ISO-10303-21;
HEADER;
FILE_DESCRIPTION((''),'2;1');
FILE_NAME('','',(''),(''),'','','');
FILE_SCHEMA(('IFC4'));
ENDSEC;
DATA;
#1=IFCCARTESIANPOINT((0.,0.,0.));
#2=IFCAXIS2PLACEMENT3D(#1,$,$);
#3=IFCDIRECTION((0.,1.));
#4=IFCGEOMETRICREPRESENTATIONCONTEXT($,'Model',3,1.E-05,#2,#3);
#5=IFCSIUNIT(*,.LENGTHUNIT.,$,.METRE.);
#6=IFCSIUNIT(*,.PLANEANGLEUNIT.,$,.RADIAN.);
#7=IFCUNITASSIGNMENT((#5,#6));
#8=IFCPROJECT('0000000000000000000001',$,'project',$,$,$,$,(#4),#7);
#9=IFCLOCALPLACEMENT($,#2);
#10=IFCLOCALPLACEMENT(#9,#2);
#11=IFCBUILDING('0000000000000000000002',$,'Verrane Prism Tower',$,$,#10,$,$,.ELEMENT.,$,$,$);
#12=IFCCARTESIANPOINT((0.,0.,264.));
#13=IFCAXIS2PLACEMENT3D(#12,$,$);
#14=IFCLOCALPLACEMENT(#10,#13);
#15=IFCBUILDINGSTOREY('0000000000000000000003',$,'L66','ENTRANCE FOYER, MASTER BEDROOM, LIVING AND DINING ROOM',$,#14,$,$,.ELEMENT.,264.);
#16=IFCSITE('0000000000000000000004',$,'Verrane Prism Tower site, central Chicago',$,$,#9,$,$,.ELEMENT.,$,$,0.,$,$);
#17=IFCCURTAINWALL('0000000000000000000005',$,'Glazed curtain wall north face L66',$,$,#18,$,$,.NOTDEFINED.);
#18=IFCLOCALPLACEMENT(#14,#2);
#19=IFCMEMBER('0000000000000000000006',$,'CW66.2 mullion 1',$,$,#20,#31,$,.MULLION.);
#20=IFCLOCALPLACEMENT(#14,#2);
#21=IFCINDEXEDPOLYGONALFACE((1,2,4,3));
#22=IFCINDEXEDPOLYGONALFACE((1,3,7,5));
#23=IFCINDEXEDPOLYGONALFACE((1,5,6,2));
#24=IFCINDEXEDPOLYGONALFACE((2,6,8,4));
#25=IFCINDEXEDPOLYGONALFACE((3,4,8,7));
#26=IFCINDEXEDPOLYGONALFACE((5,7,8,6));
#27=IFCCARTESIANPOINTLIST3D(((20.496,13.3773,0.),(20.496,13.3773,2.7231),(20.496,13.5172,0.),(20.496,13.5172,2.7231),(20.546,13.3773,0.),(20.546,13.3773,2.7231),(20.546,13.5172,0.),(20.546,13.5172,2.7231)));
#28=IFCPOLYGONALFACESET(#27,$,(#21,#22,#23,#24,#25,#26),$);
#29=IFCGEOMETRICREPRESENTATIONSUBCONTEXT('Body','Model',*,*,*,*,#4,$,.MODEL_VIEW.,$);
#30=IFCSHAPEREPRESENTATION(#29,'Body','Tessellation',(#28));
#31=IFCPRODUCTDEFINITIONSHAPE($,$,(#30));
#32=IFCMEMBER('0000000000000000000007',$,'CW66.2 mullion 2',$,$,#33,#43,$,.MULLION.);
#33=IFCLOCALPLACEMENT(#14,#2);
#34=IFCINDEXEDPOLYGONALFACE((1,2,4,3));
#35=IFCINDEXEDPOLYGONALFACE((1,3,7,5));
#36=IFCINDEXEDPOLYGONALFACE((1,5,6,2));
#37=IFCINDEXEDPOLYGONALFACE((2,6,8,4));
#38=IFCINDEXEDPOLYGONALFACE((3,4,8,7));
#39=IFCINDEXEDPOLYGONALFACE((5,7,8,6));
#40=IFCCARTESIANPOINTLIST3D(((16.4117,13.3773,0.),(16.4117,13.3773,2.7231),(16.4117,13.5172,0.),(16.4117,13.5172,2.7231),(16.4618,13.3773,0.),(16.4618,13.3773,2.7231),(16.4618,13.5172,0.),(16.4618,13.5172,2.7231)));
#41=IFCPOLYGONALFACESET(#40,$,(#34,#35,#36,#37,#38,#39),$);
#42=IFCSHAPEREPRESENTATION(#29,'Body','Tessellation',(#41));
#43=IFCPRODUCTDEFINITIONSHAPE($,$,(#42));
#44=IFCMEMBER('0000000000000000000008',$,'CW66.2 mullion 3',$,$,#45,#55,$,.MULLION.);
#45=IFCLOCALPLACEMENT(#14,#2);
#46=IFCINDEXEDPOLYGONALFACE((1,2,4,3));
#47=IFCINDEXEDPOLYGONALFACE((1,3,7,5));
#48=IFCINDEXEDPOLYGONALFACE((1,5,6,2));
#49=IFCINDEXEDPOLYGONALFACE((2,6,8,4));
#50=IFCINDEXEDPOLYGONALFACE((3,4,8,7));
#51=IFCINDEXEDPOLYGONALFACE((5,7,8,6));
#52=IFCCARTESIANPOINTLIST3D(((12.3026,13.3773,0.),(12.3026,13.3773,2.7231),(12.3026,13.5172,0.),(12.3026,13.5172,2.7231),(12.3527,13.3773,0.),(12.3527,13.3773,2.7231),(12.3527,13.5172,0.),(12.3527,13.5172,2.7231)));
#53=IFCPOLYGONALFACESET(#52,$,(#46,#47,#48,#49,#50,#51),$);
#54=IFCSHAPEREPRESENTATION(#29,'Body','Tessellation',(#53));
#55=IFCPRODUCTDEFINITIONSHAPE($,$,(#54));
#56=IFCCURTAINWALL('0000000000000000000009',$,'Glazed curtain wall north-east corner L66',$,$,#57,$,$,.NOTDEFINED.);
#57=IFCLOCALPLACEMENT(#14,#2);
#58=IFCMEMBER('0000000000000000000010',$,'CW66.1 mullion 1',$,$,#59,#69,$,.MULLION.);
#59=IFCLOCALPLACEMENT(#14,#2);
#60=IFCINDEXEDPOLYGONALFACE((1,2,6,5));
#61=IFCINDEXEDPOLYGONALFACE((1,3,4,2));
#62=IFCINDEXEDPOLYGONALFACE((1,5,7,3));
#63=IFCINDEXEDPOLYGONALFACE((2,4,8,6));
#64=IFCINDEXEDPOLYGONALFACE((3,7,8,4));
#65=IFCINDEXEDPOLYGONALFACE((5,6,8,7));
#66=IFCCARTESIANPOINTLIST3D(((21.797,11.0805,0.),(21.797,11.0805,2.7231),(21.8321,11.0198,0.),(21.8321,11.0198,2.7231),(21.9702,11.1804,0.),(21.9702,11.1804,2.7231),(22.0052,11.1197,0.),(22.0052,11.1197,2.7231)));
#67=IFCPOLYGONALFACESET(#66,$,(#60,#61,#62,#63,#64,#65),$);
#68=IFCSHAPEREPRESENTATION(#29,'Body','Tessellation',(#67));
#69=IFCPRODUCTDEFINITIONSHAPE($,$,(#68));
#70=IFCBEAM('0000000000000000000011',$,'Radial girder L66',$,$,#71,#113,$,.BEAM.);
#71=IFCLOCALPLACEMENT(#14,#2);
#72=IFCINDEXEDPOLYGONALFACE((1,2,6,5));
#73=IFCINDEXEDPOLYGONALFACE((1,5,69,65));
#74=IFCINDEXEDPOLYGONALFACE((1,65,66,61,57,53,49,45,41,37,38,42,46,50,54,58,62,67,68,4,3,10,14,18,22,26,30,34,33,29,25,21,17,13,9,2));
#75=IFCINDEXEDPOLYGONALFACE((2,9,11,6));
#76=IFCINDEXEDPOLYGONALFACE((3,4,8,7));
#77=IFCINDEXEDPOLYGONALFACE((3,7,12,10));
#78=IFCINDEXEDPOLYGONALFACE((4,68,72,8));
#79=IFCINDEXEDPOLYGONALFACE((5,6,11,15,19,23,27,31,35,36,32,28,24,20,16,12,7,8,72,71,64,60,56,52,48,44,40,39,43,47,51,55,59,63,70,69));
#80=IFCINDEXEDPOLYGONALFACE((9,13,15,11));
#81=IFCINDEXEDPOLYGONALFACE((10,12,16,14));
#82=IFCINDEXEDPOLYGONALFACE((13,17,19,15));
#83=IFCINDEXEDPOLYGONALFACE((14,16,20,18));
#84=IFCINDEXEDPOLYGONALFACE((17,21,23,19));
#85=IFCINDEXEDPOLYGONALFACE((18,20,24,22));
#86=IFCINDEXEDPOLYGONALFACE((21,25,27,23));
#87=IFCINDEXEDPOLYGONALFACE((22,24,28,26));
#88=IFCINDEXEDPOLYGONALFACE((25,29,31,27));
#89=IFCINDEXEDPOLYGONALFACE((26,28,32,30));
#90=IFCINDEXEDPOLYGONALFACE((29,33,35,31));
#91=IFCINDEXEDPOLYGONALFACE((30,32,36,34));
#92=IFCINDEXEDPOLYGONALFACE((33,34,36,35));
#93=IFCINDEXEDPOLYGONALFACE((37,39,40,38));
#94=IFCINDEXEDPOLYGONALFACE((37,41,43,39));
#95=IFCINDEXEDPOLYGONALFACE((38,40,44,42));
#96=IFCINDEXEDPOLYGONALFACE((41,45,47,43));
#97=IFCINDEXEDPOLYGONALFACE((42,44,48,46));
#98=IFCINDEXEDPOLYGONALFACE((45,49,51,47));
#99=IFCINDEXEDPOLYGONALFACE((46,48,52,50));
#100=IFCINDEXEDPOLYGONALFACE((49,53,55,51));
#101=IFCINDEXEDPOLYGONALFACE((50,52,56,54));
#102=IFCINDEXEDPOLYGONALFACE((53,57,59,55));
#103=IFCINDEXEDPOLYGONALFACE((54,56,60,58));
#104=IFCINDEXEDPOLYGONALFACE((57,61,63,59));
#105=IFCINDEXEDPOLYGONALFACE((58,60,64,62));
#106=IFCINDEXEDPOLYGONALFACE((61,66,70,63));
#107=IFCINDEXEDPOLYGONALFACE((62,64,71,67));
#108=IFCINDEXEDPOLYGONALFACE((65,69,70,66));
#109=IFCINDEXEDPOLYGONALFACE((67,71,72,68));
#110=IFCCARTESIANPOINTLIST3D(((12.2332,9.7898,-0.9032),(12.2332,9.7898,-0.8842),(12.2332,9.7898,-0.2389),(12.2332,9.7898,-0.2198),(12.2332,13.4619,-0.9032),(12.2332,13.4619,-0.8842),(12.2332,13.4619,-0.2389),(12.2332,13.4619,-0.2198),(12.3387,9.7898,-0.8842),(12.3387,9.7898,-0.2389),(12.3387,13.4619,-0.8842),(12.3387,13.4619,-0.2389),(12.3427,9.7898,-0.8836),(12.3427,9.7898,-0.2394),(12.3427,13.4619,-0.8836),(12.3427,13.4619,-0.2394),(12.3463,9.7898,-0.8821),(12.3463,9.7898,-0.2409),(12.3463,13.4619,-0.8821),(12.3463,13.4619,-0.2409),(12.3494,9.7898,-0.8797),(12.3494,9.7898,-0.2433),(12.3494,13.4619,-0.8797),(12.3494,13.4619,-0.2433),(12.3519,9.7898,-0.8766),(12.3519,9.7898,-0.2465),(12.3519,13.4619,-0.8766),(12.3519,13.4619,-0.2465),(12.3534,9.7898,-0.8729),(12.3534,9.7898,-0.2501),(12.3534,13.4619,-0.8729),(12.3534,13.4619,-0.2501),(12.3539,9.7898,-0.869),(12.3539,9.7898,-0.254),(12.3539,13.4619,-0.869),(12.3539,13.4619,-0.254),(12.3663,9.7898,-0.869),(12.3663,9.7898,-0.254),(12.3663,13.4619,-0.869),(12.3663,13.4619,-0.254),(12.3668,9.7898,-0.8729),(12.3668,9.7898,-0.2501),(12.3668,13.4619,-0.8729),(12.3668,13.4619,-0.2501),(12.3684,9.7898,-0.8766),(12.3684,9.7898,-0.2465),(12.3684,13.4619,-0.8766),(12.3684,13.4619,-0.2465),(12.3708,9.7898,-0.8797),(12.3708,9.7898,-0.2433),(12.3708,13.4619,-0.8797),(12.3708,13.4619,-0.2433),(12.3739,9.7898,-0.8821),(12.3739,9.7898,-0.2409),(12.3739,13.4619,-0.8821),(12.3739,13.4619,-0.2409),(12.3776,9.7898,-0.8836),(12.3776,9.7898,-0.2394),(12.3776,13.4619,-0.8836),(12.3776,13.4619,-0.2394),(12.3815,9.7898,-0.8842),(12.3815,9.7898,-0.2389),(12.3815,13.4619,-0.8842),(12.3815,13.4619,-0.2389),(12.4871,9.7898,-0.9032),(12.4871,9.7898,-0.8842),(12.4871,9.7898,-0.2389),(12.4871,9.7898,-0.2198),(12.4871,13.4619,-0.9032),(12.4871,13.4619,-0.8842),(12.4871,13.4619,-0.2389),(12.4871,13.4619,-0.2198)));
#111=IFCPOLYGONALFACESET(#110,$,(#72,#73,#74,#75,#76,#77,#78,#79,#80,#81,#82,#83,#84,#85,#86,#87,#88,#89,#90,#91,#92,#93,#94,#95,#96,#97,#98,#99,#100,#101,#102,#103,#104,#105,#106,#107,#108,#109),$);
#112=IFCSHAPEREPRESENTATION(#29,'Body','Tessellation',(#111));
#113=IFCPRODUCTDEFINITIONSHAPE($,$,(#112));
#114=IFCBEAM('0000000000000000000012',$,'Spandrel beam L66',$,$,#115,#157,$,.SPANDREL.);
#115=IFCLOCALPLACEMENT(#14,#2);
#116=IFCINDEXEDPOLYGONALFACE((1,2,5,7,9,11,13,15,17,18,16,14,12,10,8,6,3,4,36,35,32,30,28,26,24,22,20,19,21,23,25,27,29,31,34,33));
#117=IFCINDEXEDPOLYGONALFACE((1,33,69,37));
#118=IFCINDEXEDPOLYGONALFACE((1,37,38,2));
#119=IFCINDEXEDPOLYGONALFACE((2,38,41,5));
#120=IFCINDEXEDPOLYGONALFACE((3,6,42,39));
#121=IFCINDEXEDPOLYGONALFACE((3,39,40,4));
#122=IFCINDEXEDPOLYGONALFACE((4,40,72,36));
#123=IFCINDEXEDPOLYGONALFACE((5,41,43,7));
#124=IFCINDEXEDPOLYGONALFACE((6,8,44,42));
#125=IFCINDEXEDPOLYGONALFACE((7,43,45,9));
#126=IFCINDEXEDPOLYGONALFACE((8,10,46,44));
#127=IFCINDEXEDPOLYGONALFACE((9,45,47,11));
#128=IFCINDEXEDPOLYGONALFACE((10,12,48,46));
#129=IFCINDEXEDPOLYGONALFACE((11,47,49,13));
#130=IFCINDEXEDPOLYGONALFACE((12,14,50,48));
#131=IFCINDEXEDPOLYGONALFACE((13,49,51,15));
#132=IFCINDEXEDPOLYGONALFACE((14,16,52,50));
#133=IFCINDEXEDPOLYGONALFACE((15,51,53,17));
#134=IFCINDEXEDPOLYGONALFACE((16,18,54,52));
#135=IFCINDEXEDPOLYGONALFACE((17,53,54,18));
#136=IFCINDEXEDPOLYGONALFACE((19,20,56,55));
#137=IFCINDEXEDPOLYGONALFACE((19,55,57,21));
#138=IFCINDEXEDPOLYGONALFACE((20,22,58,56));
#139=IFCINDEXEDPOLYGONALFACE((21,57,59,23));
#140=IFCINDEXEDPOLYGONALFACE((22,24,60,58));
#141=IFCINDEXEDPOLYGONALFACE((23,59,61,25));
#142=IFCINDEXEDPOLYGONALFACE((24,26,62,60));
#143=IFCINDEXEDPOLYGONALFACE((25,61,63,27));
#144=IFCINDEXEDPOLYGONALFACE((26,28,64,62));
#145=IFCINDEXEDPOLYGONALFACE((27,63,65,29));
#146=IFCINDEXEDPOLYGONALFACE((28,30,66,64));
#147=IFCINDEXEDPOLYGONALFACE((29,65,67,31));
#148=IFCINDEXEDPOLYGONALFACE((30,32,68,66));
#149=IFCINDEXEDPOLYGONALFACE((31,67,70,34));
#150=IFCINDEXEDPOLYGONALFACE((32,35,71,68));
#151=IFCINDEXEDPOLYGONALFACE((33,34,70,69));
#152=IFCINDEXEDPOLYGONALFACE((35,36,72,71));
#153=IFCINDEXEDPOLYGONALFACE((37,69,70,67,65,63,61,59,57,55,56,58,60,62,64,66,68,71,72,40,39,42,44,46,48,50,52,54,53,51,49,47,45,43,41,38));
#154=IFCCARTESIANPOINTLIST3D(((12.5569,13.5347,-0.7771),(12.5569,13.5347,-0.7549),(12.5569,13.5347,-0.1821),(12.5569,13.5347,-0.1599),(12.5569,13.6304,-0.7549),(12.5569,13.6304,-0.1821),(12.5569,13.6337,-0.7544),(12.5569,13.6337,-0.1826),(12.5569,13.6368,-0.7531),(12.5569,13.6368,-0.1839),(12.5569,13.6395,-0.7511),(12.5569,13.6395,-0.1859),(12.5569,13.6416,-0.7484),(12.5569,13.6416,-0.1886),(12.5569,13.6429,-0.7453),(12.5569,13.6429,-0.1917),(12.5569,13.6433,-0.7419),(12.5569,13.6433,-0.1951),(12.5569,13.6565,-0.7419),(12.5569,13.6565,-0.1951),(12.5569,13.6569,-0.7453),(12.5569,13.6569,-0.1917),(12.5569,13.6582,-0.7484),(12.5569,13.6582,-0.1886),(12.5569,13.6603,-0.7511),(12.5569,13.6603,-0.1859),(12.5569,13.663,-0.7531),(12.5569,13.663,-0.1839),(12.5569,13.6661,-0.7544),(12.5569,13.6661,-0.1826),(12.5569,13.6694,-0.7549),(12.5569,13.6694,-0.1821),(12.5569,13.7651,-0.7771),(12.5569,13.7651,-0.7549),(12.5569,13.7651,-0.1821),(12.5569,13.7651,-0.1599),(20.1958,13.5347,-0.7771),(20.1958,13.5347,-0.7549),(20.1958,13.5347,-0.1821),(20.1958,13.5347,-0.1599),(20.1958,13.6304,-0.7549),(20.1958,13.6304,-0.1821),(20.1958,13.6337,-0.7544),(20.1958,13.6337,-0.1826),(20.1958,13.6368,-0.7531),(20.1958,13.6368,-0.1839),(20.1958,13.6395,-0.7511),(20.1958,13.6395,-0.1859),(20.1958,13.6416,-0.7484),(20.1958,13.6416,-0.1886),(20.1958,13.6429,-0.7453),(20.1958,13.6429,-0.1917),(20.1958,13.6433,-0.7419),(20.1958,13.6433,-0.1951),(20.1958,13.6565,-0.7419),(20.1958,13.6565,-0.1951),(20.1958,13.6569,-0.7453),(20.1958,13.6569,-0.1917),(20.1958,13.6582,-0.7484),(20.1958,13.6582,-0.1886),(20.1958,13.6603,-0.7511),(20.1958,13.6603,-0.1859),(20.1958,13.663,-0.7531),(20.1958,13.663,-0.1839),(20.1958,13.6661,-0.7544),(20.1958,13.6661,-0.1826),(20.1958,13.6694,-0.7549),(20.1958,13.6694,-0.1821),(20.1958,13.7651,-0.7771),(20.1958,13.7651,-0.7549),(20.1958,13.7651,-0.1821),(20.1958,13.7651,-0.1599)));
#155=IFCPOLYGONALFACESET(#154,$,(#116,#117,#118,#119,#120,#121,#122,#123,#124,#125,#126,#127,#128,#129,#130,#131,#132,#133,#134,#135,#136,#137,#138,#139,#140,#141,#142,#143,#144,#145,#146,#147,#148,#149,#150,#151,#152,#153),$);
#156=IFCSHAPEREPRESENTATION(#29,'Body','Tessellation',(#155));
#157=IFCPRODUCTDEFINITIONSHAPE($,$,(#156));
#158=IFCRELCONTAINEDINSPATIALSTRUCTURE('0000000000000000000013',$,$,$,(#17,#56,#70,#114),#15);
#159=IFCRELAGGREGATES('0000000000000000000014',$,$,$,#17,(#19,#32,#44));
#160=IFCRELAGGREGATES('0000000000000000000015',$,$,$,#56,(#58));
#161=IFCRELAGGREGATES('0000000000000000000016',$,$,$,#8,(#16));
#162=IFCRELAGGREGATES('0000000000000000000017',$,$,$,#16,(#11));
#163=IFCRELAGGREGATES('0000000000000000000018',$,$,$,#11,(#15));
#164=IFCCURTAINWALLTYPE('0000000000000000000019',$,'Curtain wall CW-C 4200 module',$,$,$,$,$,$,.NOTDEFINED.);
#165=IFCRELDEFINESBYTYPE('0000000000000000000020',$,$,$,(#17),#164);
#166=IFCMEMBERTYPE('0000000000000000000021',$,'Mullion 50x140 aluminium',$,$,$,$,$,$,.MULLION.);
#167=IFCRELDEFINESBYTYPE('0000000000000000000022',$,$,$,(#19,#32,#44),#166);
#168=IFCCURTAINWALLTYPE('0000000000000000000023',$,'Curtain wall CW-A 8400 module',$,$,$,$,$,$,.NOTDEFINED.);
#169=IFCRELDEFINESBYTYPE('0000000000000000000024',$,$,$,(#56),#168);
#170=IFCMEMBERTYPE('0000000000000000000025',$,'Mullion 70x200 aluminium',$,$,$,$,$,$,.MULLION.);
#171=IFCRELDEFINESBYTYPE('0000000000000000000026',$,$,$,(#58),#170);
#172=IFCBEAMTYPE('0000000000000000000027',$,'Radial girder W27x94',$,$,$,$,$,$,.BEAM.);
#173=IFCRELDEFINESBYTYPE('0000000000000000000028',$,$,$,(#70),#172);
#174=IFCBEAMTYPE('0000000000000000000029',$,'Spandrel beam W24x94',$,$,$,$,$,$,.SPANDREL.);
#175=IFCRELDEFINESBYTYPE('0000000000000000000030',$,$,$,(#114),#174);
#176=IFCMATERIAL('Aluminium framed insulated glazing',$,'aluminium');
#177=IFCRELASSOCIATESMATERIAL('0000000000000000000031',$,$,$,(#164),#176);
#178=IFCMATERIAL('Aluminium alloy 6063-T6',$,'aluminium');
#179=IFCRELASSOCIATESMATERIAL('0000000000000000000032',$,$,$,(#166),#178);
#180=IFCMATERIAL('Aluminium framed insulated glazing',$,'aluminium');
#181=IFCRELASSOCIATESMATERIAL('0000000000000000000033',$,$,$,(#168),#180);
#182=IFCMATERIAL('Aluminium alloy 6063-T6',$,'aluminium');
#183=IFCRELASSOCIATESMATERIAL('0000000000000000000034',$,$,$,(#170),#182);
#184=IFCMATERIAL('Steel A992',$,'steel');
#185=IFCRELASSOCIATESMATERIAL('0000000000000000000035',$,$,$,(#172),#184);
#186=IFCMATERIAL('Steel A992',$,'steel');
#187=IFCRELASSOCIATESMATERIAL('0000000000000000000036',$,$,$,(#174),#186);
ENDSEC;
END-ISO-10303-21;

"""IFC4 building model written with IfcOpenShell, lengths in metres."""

from ifc_helpers import new_model, si_unit, direction, frame, origin, origin_2d, place, context, subcontext, project, spatial, rectangle, i_section, extrude, material, material_profile, profile_set, type_object, element, aggregate, save


model = new_model("IFC4")

# Units and contexts
model_context = context("Model", 3, precision=1e-05, world=origin(), true_north=direction((0.0, 1.0)))
body_context = subcontext(model_context, "Body", "Model", "MODEL_VIEW")
ifc_project = project(units=[si_unit("LENGTHUNIT", "METRE"), si_unit("PLANEANGLEUNIT", "RADIAN")], contexts=[model_context])

# Site, building, storey
site_placement = place(None, origin())
site = spatial("IfcSite", under=ifc_project, at=site_placement, Name="Verrane Prism Tower site, central Chicago", CompositionType="ELEMENT", RefElevation=0.0)
building_placement = place(site_placement, origin())
building = spatial("IfcBuilding", under=site, at=building_placement, Name="Verrane Prism Tower", CompositionType="ELEMENT")
storey_placement = place(building_placement, frame((0.0, 0.0, 264.0)))
storey = spatial("IfcBuildingStorey", under=building, at=storey_placement, Name="L66", Description="ENTRANCE FOYER, MASTER BEDROOM, LIVING AND DINING ROOM", CompositionType="ELEMENT", Elevation=264.0)

# Curtain wall, members
ifc_material_1 = material(Name="Aluminium framed insulated glazing", Category="aluminium")
curtain_wall_type_1 = type_object("IfcCurtainWallType", Name="Curtain wall CW-C 4200 module", PredefinedType="NOTDEFINED", material=ifc_material_1)
curtain_wall_1_placement = place(storey_placement, origin())
curtain_wall_1 = element("IfcCurtainWall", 1, at=curtain_wall_1_placement, inside=storey, type_object=curtain_wall_type_1, Name="Glazed curtain wall north face L66", PredefinedType="NOTDEFINED")
ifc_material_2 = material(Name="Aluminium alloy 6063-T6", Category="aluminium")
ifc_material_profile_1 = material_profile(ifc_material_2, rectangle(XDim=0.1399, YDim=0.05, at=origin_2d()), Name="Mullion 50x140 aluminium")
ifc_profile_set_1 = profile_set([ifc_material_profile_1], Name="Aluminium alloy 6063-T6")
member_type_1 = type_object("IfcMemberType", Name="Mullion 50x140 aluminium", PredefinedType="MULLION", material=ifc_profile_set_1)
member_1_placement = place(storey_placement, frame((20.521, 13.4473, 0.0), z_axis=(0.0, 0.0, 1.0), x_axis=(0.0, -1.0, 0.0)))
member_1 = element("IfcMember", 2, at=member_1_placement, type_object=member_type_1, Name="CW66.2 mullion 1", PredefinedType="MULLION", context=body_context, shape_type="SweptSolid", body=[
    extrude(rectangle(XDim=0.1399, YDim=0.05, at=origin_2d()), origin(), (0.0, 0.0, 1.0), 2.7231),
])
member_2_placement = place(storey_placement, frame((16.4368, 13.4473, 0.0), z_axis=(0.0, 0.0, 1.0), x_axis=(0.0, -1.0, 0.0)))
member_2 = element("IfcMember", 3, at=member_2_placement, type_object=member_type_1, Name="CW66.2 mullion 2", PredefinedType="MULLION", context=body_context, shape_type="SweptSolid", body=[
    extrude(rectangle(XDim=0.1399, YDim=0.05, at=origin_2d()), origin(), (0.0, 0.0, 1.0), 2.7231),
])
member_3_placement = place(storey_placement, frame((12.3276, 13.4473, 0.0), z_axis=(0.0, 0.0, 1.0), x_axis=(0.0, -1.0, 0.0)))
member_3 = element("IfcMember", 4, at=member_3_placement, type_object=member_type_1, Name="CW66.2 mullion 3", PredefinedType="MULLION", context=body_context, shape_type="SweptSolid", body=[
    extrude(rectangle(XDim=0.1399, YDim=0.05, at=origin_2d()), origin(), (0.0, 0.0, 1.0), 2.7231),
])

# Curtain wall, member
ifc_material_3 = material(Name="Aluminium framed insulated glazing", Category="aluminium")
curtain_wall_type_2 = type_object("IfcCurtainWallType", Name="Curtain wall CW-A 8400 module", PredefinedType="NOTDEFINED", material=ifc_material_3)
curtain_wall_2_placement = place(storey_placement, origin())
curtain_wall_2 = element("IfcCurtainWall", 5, at=curtain_wall_2_placement, inside=storey, type_object=curtain_wall_type_2, Name="Glazed curtain wall north-east corner L66", PredefinedType="NOTDEFINED")
ifc_material_4 = material(Name="Aluminium alloy 6063-T6", Category="aluminium")
ifc_material_profile_2 = material_profile(ifc_material_4, rectangle(XDim=0.2, YDim=0.0701, at=origin_2d()), Name="Mullion 70x200 aluminium")
ifc_profile_set_2 = profile_set([ifc_material_profile_2], Name="Aluminium alloy 6063-T6")
member_type_2 = type_object("IfcMemberType", Name="Mullion 70x200 aluminium", PredefinedType="MULLION", material=ifc_profile_set_2)
member_4_placement = place(storey_placement, frame((21.9011, 11.1001, 0.0), z_axis=(0.0, 0.0, 1.0), x_axis=(-0.866024, -0.500002, 0.0)))
member_4 = element("IfcMember", 6, at=member_4_placement, type_object=member_type_2, Name="CW66.1 mullion 1", PredefinedType="MULLION", context=body_context, shape_type="SweptSolid", body=[
    extrude(rectangle(XDim=0.2, YDim=0.0701, at=origin_2d()), origin(), (0.0, 0.0, 1.0), 2.7231),
])

# Beams
ifc_material_5 = material(Name="Steel A992", Category="steel")
ifc_material_profile_3 = material_profile(ifc_material_5, i_section(OverallWidth=0.2539, OverallDepth=0.6833, WebThickness=0.0125, FlangeThickness=0.019, FilletRadius=0.0151, at=origin_2d()), Name="W27x94")
ifc_profile_set_3 = profile_set([ifc_material_profile_3], Name="Steel A992")
beam_type_1 = type_object("IfcBeamType", Name="Radial girder W27x94", PredefinedType="BEAM", material=ifc_profile_set_3)
beam_1_placement = place(storey_placement, frame((12.3601, 13.4619, -0.5615), z_axis=(0.0, -1.0, 0.0), x_axis=(1.0, 0.0, 0.0)))
element("IfcBeam", 7, at=beam_1_placement, inside=storey, type_object=beam_type_1, Name="Radial girder L66", PredefinedType="BEAM", context=body_context, shape_type="SweptSolid", body=[
    extrude(i_section(OverallWidth=0.2539, OverallDepth=0.6833, WebThickness=0.0125, FlangeThickness=0.019, FilletRadius=0.0151, at=origin_2d()), origin(), (0.0, 0.0, 1.0), 3.6721),
])
ifc_material_6 = material(Name="Steel A992", Category="steel")
ifc_material_profile_4 = material_profile(ifc_material_6, i_section(OverallWidth=0.2305, OverallDepth=0.6172, WebThickness=0.0132, FlangeThickness=0.0222, FilletRadius=0.0129, at=origin_2d()), Name="W24x94")
ifc_profile_set_4 = profile_set([ifc_material_profile_4], Name="Steel A992")
beam_type_2 = type_object("IfcBeamType", Name="Spandrel beam W24x94", PredefinedType="SPANDREL", material=ifc_profile_set_4)
beam_2_placement = place(storey_placement, frame((20.1958, 13.6499, -0.4685), z_axis=(-1.0, 0.0, 0.0), x_axis=(0.0, -1.0, 0.0)))
element("IfcBeam", 8, at=beam_2_placement, inside=storey, type_object=beam_type_2, Name="Spandrel beam L66", PredefinedType="SPANDREL", context=body_context, shape_type="SweptSolid", body=[
    extrude(i_section(OverallWidth=0.2305, OverallDepth=0.6172, WebThickness=0.0132, FlangeThickness=0.0222, FilletRadius=0.0129, at=origin_2d()), origin(), (0.0, 0.0, 1.0), 7.6389),
])

aggregate(curtain_wall_1, [member_1, member_2, member_3])
aggregate(curtain_wall_2, [member_4])

save(model, "model.ifc")
